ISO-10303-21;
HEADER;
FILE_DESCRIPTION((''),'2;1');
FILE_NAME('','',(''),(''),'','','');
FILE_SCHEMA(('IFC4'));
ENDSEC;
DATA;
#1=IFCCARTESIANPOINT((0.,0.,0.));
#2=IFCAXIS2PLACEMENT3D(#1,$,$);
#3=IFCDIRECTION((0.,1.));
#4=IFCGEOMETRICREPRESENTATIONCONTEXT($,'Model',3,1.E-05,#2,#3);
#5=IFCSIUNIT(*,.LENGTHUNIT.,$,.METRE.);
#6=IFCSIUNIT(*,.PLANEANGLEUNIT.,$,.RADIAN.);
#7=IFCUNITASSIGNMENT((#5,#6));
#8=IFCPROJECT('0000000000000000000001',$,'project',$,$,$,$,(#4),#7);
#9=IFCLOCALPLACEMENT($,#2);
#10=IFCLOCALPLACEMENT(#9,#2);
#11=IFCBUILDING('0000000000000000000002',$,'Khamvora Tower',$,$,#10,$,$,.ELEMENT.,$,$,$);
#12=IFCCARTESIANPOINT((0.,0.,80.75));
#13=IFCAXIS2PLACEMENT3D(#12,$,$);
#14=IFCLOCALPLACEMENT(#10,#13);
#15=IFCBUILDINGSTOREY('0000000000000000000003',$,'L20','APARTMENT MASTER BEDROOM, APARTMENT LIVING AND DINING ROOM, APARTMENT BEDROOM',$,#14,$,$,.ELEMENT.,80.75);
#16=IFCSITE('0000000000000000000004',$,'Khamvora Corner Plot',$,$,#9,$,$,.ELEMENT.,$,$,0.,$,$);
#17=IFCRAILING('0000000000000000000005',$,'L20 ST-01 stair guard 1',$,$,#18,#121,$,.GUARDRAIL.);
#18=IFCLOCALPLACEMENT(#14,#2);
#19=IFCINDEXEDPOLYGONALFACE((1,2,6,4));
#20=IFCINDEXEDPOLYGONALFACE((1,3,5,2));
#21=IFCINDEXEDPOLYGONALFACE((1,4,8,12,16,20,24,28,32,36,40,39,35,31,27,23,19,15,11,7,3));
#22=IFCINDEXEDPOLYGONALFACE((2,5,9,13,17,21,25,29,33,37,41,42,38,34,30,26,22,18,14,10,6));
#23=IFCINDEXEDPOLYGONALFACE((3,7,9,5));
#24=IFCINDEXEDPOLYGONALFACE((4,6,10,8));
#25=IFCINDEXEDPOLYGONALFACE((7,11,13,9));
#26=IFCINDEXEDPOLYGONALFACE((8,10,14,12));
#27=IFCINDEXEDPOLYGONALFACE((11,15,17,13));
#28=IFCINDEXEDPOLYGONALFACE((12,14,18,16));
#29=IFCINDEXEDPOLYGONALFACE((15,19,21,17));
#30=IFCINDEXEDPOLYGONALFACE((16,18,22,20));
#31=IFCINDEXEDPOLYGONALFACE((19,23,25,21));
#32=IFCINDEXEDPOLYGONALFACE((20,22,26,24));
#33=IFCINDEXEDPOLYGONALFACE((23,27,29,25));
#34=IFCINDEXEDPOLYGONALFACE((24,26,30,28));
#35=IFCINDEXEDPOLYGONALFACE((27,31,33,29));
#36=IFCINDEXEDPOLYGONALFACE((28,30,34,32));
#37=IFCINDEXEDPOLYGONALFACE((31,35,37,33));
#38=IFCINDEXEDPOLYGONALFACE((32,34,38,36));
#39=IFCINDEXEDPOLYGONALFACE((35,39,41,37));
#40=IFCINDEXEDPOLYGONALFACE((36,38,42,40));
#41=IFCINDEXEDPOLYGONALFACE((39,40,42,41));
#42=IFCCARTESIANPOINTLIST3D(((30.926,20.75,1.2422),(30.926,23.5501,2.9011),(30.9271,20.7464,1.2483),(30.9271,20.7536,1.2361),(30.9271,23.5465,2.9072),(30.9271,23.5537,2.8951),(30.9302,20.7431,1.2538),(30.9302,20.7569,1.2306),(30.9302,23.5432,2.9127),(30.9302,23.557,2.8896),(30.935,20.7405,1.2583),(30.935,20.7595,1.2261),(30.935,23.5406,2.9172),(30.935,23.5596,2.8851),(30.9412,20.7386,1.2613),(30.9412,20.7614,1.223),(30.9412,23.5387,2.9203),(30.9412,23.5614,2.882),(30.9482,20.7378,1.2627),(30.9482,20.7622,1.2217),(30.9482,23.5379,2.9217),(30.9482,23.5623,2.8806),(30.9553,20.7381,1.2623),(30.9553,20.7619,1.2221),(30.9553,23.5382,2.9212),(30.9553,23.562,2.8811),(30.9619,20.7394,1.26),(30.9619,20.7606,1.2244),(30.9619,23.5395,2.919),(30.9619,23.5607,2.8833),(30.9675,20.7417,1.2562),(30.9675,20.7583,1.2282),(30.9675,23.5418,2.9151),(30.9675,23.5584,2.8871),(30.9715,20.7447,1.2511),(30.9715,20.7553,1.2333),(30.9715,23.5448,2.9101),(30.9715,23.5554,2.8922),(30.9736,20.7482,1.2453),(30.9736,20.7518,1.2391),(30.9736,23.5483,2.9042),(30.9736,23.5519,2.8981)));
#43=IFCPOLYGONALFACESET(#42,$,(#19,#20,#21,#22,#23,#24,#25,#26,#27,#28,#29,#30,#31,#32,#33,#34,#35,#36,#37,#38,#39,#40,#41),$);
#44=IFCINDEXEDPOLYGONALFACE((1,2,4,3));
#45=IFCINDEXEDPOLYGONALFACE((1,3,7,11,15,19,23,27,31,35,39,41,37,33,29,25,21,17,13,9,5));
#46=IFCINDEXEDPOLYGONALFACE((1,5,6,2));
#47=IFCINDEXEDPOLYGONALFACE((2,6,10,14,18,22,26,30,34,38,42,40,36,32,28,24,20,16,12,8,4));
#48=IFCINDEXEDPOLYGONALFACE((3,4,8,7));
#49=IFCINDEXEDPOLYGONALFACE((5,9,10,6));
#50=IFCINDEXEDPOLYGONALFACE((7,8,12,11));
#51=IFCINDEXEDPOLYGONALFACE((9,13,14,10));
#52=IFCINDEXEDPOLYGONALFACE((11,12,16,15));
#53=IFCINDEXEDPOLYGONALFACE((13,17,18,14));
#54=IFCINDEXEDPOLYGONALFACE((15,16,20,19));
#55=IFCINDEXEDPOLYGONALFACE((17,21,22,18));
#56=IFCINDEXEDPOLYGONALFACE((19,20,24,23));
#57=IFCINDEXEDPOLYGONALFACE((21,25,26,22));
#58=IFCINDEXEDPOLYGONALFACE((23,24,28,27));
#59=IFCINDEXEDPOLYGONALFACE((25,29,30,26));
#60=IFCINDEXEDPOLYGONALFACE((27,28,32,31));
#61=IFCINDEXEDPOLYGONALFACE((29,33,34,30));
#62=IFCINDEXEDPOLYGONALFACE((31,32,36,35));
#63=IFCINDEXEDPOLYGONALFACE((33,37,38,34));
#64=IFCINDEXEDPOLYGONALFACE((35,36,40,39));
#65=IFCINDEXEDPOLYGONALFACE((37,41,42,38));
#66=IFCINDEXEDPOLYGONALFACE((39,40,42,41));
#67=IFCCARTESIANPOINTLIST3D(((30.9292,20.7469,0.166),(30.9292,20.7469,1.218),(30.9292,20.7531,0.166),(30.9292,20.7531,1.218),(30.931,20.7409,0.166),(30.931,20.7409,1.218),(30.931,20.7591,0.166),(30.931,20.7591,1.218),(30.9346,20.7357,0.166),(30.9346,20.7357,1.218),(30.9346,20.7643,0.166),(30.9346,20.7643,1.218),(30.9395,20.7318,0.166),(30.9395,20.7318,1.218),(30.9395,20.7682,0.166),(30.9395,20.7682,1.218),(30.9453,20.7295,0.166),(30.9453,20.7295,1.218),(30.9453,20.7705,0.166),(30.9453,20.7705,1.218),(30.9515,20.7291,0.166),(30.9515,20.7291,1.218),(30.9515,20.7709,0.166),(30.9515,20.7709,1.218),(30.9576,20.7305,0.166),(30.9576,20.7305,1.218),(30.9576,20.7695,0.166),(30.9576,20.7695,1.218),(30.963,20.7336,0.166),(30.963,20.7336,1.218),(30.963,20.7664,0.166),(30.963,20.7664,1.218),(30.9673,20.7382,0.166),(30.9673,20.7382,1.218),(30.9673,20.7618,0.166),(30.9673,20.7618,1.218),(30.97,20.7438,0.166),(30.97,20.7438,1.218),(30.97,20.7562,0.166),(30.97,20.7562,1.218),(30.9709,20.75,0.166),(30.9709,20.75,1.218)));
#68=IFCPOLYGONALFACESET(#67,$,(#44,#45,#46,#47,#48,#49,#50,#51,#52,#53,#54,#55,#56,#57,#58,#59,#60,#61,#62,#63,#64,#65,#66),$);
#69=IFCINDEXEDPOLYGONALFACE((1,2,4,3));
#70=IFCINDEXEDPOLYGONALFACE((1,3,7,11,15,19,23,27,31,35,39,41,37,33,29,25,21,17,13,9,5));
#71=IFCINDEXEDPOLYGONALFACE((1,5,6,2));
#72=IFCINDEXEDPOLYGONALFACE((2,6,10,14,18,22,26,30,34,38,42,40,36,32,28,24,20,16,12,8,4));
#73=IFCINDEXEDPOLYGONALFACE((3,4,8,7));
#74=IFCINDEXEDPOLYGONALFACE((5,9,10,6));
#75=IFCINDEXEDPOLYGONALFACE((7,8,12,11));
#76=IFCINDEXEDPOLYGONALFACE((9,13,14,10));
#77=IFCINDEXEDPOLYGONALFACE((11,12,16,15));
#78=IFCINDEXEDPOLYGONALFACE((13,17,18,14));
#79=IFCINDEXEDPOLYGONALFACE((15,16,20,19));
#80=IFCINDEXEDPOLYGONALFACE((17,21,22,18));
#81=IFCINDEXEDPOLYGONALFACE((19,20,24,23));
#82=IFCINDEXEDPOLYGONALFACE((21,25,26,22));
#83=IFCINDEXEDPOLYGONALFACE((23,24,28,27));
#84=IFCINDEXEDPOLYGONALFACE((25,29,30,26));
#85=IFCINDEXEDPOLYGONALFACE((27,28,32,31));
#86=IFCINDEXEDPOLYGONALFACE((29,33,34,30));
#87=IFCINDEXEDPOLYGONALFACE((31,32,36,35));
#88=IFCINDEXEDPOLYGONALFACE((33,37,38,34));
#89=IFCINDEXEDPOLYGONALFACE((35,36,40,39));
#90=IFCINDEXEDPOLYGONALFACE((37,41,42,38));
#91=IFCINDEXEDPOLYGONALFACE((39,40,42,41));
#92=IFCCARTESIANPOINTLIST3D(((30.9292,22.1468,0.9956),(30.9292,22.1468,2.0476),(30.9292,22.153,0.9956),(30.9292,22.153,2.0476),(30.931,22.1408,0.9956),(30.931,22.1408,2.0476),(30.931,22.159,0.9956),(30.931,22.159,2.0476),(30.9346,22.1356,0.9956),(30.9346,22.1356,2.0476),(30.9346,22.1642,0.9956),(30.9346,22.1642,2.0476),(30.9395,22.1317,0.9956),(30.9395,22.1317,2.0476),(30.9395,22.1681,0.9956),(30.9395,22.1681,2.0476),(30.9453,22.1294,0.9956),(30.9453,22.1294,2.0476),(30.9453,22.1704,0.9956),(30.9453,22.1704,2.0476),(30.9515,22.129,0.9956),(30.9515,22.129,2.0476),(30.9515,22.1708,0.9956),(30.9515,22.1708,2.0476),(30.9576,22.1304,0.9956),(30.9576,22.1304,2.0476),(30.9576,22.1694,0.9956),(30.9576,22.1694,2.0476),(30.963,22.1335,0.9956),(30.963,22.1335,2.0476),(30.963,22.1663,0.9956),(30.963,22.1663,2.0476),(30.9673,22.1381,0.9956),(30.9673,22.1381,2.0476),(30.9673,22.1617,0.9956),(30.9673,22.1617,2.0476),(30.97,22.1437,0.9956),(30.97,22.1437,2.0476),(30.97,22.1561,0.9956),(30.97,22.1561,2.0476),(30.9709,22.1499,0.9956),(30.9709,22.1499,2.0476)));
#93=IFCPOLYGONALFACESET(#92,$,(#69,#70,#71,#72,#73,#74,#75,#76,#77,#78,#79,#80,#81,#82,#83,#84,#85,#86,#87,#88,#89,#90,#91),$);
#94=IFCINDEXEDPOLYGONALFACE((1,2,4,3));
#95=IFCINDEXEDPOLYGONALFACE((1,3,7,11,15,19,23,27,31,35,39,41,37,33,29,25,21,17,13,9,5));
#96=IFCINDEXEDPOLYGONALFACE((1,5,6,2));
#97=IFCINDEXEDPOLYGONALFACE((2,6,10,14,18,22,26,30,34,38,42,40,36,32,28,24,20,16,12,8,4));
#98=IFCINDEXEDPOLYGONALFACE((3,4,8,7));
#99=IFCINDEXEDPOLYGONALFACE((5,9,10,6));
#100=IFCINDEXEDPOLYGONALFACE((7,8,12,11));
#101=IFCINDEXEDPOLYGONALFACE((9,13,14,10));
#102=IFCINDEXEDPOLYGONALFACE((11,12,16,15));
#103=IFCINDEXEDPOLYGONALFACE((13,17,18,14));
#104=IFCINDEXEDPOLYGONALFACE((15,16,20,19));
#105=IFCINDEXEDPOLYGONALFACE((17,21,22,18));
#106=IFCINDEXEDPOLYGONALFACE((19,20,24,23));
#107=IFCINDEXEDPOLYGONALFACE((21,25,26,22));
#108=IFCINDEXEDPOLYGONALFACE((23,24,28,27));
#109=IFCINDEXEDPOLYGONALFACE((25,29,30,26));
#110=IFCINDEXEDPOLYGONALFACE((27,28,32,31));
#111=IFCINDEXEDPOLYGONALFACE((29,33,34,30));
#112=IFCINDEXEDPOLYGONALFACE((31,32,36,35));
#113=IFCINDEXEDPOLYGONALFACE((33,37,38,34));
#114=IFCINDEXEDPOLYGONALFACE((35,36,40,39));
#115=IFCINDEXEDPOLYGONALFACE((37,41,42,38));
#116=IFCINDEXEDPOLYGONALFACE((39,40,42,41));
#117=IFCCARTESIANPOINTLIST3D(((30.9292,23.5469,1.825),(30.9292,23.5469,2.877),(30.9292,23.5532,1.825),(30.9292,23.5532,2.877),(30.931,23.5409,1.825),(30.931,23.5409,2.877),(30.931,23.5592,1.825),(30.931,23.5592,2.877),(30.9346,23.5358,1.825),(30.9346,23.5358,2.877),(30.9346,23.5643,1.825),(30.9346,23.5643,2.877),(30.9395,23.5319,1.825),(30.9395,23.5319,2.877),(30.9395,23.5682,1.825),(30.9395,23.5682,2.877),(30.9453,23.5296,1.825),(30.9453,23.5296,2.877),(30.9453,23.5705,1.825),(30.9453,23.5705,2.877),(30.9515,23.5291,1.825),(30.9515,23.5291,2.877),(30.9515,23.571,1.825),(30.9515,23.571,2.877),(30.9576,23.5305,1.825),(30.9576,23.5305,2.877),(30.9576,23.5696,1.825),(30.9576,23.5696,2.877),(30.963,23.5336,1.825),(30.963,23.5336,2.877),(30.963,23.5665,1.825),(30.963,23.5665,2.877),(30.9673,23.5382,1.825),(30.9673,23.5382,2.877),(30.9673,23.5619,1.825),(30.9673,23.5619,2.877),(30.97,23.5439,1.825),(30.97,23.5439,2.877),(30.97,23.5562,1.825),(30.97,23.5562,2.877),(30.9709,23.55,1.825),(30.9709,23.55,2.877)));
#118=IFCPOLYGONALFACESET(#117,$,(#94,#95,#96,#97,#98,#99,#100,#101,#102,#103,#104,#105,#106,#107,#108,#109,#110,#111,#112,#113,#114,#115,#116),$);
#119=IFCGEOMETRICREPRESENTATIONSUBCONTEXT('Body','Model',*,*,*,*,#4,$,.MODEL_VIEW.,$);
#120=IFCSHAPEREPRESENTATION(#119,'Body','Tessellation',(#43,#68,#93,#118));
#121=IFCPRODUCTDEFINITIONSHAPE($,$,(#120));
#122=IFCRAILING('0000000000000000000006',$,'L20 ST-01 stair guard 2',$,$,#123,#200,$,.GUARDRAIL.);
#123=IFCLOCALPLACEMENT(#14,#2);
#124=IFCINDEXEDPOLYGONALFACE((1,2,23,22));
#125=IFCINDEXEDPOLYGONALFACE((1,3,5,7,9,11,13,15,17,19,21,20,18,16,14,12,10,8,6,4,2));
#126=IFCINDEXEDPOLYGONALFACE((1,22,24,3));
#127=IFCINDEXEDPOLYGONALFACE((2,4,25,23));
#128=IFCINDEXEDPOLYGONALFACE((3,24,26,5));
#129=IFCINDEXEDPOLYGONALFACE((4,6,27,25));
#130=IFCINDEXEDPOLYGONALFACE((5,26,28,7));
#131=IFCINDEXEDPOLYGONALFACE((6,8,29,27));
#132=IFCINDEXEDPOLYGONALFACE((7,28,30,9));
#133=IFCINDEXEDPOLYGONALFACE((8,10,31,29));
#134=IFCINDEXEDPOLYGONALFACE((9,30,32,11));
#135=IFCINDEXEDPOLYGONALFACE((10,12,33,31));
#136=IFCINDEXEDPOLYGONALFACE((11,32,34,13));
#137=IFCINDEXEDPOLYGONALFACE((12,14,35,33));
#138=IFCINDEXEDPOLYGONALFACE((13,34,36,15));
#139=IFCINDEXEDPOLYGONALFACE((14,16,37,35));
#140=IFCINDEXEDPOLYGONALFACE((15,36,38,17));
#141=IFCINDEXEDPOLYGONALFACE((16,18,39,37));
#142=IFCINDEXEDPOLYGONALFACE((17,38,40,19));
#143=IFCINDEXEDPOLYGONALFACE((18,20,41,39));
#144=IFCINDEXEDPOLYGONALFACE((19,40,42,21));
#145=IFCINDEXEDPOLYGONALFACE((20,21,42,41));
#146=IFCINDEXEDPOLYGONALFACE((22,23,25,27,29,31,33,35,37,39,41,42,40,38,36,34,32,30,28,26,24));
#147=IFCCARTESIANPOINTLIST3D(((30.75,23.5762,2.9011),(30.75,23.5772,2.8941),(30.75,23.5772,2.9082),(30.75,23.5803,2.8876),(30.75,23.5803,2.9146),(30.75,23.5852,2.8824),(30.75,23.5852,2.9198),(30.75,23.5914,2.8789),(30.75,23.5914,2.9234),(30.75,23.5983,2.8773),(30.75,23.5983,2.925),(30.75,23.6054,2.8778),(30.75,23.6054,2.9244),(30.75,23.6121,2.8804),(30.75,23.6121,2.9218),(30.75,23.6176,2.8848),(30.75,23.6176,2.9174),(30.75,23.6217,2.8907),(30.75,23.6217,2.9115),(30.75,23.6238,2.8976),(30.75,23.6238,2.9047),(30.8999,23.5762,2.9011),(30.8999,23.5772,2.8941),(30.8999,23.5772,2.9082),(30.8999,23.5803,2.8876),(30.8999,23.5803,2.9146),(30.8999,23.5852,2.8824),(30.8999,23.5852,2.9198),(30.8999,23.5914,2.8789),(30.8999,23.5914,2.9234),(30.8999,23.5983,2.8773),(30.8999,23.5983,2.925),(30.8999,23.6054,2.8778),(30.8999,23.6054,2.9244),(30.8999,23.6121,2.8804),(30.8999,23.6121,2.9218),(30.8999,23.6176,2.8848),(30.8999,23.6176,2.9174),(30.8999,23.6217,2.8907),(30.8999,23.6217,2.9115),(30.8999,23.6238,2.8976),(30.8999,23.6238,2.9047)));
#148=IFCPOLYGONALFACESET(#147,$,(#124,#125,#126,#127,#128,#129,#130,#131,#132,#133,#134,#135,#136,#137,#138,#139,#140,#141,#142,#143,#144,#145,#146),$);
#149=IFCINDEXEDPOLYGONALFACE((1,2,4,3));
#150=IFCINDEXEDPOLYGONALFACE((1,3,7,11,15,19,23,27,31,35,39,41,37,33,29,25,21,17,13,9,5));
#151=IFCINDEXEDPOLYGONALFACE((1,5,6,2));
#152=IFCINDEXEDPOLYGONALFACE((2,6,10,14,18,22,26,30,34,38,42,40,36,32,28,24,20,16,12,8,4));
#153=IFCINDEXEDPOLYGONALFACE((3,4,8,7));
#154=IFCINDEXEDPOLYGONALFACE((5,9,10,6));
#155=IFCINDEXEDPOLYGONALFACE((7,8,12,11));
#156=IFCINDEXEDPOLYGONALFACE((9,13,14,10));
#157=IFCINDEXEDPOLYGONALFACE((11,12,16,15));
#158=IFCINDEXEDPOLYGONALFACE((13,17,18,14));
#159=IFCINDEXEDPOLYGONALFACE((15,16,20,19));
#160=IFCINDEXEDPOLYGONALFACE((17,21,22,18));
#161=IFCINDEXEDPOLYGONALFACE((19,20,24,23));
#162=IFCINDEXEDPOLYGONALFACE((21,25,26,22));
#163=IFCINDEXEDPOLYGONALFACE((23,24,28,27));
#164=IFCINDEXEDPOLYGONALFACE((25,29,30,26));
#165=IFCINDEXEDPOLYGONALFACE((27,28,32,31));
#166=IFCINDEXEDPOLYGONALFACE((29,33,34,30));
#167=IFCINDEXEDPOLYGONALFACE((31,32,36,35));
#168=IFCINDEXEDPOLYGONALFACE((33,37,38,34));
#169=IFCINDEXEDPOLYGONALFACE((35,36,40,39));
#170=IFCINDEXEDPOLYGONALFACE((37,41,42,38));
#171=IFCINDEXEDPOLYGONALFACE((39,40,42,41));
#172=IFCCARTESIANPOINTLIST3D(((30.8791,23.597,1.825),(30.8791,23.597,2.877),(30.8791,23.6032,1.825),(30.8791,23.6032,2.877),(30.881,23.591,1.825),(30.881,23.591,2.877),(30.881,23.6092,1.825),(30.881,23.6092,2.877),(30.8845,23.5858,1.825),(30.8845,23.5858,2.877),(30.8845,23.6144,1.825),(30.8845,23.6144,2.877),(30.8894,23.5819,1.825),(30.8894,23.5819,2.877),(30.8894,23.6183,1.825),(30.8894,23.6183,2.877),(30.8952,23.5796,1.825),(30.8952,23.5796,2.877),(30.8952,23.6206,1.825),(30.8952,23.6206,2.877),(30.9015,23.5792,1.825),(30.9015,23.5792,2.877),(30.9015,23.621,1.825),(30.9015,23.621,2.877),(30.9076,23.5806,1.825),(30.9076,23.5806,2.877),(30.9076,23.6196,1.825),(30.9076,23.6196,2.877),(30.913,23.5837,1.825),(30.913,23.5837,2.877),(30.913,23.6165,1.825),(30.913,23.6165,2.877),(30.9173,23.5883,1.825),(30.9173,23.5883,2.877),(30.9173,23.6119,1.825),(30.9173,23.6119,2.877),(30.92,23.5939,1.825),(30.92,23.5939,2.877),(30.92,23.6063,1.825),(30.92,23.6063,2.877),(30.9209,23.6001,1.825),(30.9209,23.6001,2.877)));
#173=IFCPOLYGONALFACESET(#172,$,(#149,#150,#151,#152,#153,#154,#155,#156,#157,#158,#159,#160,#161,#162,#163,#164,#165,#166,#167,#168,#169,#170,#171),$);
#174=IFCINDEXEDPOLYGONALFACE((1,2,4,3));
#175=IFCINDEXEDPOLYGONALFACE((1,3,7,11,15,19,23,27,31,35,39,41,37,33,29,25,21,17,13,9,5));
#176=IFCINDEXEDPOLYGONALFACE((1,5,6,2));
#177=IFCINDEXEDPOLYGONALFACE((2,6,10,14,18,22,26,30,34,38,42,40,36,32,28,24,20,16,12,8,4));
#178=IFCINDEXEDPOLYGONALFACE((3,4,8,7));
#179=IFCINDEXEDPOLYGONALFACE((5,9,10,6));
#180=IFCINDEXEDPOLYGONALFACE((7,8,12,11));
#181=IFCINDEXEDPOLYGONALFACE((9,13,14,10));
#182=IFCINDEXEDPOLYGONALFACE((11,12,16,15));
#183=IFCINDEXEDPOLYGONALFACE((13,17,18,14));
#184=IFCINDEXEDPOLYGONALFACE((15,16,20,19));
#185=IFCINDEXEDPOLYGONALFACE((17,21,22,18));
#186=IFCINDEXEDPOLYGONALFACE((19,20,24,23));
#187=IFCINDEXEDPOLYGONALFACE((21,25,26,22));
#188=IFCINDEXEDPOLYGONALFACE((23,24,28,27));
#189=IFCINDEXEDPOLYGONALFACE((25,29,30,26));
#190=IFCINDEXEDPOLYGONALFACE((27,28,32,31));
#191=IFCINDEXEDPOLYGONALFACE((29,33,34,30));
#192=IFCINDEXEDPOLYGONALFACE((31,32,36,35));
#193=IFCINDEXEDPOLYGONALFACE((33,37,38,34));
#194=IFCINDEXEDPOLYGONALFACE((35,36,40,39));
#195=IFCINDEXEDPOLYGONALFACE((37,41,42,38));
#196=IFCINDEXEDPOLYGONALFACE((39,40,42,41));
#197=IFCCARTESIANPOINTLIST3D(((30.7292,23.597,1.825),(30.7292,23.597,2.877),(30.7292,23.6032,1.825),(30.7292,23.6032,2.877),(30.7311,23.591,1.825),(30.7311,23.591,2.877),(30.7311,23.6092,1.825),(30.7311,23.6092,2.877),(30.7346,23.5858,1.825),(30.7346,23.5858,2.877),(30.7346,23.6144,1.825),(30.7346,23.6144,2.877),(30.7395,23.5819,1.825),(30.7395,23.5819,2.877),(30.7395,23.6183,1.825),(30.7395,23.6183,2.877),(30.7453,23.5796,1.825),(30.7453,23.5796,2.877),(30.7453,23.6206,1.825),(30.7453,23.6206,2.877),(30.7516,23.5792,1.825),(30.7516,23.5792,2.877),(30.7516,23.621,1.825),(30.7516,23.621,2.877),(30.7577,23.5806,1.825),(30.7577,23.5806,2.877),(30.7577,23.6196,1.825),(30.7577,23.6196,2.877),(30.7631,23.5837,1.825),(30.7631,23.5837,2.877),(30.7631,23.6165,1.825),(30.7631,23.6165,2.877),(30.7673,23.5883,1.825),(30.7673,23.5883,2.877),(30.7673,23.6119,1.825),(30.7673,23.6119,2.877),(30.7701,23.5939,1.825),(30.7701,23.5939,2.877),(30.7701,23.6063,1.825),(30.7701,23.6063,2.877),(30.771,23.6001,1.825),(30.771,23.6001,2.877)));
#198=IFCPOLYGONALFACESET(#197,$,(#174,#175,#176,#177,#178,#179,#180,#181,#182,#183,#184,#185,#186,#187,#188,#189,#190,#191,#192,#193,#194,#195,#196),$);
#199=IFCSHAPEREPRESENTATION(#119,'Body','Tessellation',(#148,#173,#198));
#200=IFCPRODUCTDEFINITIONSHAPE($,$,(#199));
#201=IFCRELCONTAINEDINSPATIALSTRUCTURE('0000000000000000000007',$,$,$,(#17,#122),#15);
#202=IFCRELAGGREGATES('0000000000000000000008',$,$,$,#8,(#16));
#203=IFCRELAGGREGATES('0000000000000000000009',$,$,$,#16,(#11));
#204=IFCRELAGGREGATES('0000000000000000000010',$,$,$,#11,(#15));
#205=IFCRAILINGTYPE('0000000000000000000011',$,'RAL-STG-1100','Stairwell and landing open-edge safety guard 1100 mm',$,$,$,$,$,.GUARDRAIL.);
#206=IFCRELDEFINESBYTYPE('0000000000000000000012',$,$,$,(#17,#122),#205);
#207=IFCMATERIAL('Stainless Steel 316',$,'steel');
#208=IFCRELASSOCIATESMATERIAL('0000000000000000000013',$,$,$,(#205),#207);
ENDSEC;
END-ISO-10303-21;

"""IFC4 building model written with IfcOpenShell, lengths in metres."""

from ifc_helpers import new_model, si_unit, direction, frame, origin, origin_2d, place, context, subcontext, project, spatial, circle, extrude, material, type_object, element, save


model = new_model("IFC4")

# Units and contexts
model_context = context("Model", 3, precision=1e-05, world=origin(), true_north=direction((0.0, 1.0)))
body_context = subcontext(model_context, "Body", "Model", "MODEL_VIEW")
ifc_project = project(units=[si_unit("LENGTHUNIT", "METRE"), si_unit("PLANEANGLEUNIT", "RADIAN")], contexts=[model_context])

# Site, building, storey
site_placement = place(None, origin())
site = spatial("IfcSite", under=ifc_project, at=site_placement, Name="Khamvora Corner Plot", CompositionType="ELEMENT", RefElevation=0.0)
building_placement = place(site_placement, origin())
building = spatial("IfcBuilding", under=site, at=building_placement, Name="Khamvora Tower", CompositionType="ELEMENT")
storey_placement = place(building_placement, frame((0.0, 0.0, 80.75)))
storey = spatial("IfcBuildingStorey", under=building, at=storey_placement, Name="L20", Description="APARTMENT MASTER BEDROOM, APARTMENT LIVING AND DINING ROOM, APARTMENT BEDROOM", CompositionType="ELEMENT", Elevation=80.75)

# Railings
ifc_material_1 = material(Name="Stainless Steel 316", Category="steel")
railing_type_1 = type_object("IfcRailingType", Name="RAL-STG-1100", Description="Stairwell and landing open-edge safety guard 1100 mm", PredefinedType="GUARDRAIL", material=ifc_material_1)
railing_1_placement = place(storey_placement, frame((30.95, 20.75, 0.166)))
element("IfcRailing", 1, at=railing_1_placement, inside=storey, type_object=railing_type_1, Name="L20 ST-01 stair guard 1", PredefinedType="GUARDRAIL", context=body_context, shape_type="SweptSolid", body=[
    extrude(circle(Radius=0.0239, at=origin_2d()), frame((0.0, 0.0, 1.0762), z_axis=(0.0, 0.860339, 0.509722), x_axis=(-1.0, 0.0, 0.0)), (0.0, 0.0, 1.0), 3.2546),
    extrude(circle(Radius=0.021, at=origin_2d()), origin(), (0.0, 0.0, 1.0), 1.052),
    extrude(circle(Radius=0.021, at=origin_2d()), frame((0.0, 1.3999, 0.8296)), (0.0, 0.0, 1.0), 1.052),
    extrude(circle(Radius=0.021, at=origin_2d()), frame((0.0, 2.8, 1.6589)), (0.0, 0.0, 1.0), 1.052),
])
railing_2_placement = place(storey_placement, frame((30.8999, 23.6001, 1.825)))
element("IfcRailing", 2, at=railing_2_placement, inside=storey, type_object=railing_type_1, Name="L20 ST-01 stair guard 2", PredefinedType="GUARDRAIL", context=body_context, shape_type="SweptSolid", body=[
    extrude(circle(Radius=0.0239, at=origin_2d()), frame((0.0, 0.0, 1.0762), z_axis=(-1.0, 0.0, 0.0), x_axis=(0.0, -1.0, 0.0)), (0.0, 0.0, 1.0), 0.1499),
    extrude(circle(Radius=0.021, at=origin_2d()), origin(), (0.0, 0.0, 1.0), 1.052),
    extrude(circle(Radius=0.021, at=origin_2d()), frame((-0.1499, 0.0, 0.0)), (0.0, 0.0, 1.0), 1.052),
])

save(model, "model.ifc")
